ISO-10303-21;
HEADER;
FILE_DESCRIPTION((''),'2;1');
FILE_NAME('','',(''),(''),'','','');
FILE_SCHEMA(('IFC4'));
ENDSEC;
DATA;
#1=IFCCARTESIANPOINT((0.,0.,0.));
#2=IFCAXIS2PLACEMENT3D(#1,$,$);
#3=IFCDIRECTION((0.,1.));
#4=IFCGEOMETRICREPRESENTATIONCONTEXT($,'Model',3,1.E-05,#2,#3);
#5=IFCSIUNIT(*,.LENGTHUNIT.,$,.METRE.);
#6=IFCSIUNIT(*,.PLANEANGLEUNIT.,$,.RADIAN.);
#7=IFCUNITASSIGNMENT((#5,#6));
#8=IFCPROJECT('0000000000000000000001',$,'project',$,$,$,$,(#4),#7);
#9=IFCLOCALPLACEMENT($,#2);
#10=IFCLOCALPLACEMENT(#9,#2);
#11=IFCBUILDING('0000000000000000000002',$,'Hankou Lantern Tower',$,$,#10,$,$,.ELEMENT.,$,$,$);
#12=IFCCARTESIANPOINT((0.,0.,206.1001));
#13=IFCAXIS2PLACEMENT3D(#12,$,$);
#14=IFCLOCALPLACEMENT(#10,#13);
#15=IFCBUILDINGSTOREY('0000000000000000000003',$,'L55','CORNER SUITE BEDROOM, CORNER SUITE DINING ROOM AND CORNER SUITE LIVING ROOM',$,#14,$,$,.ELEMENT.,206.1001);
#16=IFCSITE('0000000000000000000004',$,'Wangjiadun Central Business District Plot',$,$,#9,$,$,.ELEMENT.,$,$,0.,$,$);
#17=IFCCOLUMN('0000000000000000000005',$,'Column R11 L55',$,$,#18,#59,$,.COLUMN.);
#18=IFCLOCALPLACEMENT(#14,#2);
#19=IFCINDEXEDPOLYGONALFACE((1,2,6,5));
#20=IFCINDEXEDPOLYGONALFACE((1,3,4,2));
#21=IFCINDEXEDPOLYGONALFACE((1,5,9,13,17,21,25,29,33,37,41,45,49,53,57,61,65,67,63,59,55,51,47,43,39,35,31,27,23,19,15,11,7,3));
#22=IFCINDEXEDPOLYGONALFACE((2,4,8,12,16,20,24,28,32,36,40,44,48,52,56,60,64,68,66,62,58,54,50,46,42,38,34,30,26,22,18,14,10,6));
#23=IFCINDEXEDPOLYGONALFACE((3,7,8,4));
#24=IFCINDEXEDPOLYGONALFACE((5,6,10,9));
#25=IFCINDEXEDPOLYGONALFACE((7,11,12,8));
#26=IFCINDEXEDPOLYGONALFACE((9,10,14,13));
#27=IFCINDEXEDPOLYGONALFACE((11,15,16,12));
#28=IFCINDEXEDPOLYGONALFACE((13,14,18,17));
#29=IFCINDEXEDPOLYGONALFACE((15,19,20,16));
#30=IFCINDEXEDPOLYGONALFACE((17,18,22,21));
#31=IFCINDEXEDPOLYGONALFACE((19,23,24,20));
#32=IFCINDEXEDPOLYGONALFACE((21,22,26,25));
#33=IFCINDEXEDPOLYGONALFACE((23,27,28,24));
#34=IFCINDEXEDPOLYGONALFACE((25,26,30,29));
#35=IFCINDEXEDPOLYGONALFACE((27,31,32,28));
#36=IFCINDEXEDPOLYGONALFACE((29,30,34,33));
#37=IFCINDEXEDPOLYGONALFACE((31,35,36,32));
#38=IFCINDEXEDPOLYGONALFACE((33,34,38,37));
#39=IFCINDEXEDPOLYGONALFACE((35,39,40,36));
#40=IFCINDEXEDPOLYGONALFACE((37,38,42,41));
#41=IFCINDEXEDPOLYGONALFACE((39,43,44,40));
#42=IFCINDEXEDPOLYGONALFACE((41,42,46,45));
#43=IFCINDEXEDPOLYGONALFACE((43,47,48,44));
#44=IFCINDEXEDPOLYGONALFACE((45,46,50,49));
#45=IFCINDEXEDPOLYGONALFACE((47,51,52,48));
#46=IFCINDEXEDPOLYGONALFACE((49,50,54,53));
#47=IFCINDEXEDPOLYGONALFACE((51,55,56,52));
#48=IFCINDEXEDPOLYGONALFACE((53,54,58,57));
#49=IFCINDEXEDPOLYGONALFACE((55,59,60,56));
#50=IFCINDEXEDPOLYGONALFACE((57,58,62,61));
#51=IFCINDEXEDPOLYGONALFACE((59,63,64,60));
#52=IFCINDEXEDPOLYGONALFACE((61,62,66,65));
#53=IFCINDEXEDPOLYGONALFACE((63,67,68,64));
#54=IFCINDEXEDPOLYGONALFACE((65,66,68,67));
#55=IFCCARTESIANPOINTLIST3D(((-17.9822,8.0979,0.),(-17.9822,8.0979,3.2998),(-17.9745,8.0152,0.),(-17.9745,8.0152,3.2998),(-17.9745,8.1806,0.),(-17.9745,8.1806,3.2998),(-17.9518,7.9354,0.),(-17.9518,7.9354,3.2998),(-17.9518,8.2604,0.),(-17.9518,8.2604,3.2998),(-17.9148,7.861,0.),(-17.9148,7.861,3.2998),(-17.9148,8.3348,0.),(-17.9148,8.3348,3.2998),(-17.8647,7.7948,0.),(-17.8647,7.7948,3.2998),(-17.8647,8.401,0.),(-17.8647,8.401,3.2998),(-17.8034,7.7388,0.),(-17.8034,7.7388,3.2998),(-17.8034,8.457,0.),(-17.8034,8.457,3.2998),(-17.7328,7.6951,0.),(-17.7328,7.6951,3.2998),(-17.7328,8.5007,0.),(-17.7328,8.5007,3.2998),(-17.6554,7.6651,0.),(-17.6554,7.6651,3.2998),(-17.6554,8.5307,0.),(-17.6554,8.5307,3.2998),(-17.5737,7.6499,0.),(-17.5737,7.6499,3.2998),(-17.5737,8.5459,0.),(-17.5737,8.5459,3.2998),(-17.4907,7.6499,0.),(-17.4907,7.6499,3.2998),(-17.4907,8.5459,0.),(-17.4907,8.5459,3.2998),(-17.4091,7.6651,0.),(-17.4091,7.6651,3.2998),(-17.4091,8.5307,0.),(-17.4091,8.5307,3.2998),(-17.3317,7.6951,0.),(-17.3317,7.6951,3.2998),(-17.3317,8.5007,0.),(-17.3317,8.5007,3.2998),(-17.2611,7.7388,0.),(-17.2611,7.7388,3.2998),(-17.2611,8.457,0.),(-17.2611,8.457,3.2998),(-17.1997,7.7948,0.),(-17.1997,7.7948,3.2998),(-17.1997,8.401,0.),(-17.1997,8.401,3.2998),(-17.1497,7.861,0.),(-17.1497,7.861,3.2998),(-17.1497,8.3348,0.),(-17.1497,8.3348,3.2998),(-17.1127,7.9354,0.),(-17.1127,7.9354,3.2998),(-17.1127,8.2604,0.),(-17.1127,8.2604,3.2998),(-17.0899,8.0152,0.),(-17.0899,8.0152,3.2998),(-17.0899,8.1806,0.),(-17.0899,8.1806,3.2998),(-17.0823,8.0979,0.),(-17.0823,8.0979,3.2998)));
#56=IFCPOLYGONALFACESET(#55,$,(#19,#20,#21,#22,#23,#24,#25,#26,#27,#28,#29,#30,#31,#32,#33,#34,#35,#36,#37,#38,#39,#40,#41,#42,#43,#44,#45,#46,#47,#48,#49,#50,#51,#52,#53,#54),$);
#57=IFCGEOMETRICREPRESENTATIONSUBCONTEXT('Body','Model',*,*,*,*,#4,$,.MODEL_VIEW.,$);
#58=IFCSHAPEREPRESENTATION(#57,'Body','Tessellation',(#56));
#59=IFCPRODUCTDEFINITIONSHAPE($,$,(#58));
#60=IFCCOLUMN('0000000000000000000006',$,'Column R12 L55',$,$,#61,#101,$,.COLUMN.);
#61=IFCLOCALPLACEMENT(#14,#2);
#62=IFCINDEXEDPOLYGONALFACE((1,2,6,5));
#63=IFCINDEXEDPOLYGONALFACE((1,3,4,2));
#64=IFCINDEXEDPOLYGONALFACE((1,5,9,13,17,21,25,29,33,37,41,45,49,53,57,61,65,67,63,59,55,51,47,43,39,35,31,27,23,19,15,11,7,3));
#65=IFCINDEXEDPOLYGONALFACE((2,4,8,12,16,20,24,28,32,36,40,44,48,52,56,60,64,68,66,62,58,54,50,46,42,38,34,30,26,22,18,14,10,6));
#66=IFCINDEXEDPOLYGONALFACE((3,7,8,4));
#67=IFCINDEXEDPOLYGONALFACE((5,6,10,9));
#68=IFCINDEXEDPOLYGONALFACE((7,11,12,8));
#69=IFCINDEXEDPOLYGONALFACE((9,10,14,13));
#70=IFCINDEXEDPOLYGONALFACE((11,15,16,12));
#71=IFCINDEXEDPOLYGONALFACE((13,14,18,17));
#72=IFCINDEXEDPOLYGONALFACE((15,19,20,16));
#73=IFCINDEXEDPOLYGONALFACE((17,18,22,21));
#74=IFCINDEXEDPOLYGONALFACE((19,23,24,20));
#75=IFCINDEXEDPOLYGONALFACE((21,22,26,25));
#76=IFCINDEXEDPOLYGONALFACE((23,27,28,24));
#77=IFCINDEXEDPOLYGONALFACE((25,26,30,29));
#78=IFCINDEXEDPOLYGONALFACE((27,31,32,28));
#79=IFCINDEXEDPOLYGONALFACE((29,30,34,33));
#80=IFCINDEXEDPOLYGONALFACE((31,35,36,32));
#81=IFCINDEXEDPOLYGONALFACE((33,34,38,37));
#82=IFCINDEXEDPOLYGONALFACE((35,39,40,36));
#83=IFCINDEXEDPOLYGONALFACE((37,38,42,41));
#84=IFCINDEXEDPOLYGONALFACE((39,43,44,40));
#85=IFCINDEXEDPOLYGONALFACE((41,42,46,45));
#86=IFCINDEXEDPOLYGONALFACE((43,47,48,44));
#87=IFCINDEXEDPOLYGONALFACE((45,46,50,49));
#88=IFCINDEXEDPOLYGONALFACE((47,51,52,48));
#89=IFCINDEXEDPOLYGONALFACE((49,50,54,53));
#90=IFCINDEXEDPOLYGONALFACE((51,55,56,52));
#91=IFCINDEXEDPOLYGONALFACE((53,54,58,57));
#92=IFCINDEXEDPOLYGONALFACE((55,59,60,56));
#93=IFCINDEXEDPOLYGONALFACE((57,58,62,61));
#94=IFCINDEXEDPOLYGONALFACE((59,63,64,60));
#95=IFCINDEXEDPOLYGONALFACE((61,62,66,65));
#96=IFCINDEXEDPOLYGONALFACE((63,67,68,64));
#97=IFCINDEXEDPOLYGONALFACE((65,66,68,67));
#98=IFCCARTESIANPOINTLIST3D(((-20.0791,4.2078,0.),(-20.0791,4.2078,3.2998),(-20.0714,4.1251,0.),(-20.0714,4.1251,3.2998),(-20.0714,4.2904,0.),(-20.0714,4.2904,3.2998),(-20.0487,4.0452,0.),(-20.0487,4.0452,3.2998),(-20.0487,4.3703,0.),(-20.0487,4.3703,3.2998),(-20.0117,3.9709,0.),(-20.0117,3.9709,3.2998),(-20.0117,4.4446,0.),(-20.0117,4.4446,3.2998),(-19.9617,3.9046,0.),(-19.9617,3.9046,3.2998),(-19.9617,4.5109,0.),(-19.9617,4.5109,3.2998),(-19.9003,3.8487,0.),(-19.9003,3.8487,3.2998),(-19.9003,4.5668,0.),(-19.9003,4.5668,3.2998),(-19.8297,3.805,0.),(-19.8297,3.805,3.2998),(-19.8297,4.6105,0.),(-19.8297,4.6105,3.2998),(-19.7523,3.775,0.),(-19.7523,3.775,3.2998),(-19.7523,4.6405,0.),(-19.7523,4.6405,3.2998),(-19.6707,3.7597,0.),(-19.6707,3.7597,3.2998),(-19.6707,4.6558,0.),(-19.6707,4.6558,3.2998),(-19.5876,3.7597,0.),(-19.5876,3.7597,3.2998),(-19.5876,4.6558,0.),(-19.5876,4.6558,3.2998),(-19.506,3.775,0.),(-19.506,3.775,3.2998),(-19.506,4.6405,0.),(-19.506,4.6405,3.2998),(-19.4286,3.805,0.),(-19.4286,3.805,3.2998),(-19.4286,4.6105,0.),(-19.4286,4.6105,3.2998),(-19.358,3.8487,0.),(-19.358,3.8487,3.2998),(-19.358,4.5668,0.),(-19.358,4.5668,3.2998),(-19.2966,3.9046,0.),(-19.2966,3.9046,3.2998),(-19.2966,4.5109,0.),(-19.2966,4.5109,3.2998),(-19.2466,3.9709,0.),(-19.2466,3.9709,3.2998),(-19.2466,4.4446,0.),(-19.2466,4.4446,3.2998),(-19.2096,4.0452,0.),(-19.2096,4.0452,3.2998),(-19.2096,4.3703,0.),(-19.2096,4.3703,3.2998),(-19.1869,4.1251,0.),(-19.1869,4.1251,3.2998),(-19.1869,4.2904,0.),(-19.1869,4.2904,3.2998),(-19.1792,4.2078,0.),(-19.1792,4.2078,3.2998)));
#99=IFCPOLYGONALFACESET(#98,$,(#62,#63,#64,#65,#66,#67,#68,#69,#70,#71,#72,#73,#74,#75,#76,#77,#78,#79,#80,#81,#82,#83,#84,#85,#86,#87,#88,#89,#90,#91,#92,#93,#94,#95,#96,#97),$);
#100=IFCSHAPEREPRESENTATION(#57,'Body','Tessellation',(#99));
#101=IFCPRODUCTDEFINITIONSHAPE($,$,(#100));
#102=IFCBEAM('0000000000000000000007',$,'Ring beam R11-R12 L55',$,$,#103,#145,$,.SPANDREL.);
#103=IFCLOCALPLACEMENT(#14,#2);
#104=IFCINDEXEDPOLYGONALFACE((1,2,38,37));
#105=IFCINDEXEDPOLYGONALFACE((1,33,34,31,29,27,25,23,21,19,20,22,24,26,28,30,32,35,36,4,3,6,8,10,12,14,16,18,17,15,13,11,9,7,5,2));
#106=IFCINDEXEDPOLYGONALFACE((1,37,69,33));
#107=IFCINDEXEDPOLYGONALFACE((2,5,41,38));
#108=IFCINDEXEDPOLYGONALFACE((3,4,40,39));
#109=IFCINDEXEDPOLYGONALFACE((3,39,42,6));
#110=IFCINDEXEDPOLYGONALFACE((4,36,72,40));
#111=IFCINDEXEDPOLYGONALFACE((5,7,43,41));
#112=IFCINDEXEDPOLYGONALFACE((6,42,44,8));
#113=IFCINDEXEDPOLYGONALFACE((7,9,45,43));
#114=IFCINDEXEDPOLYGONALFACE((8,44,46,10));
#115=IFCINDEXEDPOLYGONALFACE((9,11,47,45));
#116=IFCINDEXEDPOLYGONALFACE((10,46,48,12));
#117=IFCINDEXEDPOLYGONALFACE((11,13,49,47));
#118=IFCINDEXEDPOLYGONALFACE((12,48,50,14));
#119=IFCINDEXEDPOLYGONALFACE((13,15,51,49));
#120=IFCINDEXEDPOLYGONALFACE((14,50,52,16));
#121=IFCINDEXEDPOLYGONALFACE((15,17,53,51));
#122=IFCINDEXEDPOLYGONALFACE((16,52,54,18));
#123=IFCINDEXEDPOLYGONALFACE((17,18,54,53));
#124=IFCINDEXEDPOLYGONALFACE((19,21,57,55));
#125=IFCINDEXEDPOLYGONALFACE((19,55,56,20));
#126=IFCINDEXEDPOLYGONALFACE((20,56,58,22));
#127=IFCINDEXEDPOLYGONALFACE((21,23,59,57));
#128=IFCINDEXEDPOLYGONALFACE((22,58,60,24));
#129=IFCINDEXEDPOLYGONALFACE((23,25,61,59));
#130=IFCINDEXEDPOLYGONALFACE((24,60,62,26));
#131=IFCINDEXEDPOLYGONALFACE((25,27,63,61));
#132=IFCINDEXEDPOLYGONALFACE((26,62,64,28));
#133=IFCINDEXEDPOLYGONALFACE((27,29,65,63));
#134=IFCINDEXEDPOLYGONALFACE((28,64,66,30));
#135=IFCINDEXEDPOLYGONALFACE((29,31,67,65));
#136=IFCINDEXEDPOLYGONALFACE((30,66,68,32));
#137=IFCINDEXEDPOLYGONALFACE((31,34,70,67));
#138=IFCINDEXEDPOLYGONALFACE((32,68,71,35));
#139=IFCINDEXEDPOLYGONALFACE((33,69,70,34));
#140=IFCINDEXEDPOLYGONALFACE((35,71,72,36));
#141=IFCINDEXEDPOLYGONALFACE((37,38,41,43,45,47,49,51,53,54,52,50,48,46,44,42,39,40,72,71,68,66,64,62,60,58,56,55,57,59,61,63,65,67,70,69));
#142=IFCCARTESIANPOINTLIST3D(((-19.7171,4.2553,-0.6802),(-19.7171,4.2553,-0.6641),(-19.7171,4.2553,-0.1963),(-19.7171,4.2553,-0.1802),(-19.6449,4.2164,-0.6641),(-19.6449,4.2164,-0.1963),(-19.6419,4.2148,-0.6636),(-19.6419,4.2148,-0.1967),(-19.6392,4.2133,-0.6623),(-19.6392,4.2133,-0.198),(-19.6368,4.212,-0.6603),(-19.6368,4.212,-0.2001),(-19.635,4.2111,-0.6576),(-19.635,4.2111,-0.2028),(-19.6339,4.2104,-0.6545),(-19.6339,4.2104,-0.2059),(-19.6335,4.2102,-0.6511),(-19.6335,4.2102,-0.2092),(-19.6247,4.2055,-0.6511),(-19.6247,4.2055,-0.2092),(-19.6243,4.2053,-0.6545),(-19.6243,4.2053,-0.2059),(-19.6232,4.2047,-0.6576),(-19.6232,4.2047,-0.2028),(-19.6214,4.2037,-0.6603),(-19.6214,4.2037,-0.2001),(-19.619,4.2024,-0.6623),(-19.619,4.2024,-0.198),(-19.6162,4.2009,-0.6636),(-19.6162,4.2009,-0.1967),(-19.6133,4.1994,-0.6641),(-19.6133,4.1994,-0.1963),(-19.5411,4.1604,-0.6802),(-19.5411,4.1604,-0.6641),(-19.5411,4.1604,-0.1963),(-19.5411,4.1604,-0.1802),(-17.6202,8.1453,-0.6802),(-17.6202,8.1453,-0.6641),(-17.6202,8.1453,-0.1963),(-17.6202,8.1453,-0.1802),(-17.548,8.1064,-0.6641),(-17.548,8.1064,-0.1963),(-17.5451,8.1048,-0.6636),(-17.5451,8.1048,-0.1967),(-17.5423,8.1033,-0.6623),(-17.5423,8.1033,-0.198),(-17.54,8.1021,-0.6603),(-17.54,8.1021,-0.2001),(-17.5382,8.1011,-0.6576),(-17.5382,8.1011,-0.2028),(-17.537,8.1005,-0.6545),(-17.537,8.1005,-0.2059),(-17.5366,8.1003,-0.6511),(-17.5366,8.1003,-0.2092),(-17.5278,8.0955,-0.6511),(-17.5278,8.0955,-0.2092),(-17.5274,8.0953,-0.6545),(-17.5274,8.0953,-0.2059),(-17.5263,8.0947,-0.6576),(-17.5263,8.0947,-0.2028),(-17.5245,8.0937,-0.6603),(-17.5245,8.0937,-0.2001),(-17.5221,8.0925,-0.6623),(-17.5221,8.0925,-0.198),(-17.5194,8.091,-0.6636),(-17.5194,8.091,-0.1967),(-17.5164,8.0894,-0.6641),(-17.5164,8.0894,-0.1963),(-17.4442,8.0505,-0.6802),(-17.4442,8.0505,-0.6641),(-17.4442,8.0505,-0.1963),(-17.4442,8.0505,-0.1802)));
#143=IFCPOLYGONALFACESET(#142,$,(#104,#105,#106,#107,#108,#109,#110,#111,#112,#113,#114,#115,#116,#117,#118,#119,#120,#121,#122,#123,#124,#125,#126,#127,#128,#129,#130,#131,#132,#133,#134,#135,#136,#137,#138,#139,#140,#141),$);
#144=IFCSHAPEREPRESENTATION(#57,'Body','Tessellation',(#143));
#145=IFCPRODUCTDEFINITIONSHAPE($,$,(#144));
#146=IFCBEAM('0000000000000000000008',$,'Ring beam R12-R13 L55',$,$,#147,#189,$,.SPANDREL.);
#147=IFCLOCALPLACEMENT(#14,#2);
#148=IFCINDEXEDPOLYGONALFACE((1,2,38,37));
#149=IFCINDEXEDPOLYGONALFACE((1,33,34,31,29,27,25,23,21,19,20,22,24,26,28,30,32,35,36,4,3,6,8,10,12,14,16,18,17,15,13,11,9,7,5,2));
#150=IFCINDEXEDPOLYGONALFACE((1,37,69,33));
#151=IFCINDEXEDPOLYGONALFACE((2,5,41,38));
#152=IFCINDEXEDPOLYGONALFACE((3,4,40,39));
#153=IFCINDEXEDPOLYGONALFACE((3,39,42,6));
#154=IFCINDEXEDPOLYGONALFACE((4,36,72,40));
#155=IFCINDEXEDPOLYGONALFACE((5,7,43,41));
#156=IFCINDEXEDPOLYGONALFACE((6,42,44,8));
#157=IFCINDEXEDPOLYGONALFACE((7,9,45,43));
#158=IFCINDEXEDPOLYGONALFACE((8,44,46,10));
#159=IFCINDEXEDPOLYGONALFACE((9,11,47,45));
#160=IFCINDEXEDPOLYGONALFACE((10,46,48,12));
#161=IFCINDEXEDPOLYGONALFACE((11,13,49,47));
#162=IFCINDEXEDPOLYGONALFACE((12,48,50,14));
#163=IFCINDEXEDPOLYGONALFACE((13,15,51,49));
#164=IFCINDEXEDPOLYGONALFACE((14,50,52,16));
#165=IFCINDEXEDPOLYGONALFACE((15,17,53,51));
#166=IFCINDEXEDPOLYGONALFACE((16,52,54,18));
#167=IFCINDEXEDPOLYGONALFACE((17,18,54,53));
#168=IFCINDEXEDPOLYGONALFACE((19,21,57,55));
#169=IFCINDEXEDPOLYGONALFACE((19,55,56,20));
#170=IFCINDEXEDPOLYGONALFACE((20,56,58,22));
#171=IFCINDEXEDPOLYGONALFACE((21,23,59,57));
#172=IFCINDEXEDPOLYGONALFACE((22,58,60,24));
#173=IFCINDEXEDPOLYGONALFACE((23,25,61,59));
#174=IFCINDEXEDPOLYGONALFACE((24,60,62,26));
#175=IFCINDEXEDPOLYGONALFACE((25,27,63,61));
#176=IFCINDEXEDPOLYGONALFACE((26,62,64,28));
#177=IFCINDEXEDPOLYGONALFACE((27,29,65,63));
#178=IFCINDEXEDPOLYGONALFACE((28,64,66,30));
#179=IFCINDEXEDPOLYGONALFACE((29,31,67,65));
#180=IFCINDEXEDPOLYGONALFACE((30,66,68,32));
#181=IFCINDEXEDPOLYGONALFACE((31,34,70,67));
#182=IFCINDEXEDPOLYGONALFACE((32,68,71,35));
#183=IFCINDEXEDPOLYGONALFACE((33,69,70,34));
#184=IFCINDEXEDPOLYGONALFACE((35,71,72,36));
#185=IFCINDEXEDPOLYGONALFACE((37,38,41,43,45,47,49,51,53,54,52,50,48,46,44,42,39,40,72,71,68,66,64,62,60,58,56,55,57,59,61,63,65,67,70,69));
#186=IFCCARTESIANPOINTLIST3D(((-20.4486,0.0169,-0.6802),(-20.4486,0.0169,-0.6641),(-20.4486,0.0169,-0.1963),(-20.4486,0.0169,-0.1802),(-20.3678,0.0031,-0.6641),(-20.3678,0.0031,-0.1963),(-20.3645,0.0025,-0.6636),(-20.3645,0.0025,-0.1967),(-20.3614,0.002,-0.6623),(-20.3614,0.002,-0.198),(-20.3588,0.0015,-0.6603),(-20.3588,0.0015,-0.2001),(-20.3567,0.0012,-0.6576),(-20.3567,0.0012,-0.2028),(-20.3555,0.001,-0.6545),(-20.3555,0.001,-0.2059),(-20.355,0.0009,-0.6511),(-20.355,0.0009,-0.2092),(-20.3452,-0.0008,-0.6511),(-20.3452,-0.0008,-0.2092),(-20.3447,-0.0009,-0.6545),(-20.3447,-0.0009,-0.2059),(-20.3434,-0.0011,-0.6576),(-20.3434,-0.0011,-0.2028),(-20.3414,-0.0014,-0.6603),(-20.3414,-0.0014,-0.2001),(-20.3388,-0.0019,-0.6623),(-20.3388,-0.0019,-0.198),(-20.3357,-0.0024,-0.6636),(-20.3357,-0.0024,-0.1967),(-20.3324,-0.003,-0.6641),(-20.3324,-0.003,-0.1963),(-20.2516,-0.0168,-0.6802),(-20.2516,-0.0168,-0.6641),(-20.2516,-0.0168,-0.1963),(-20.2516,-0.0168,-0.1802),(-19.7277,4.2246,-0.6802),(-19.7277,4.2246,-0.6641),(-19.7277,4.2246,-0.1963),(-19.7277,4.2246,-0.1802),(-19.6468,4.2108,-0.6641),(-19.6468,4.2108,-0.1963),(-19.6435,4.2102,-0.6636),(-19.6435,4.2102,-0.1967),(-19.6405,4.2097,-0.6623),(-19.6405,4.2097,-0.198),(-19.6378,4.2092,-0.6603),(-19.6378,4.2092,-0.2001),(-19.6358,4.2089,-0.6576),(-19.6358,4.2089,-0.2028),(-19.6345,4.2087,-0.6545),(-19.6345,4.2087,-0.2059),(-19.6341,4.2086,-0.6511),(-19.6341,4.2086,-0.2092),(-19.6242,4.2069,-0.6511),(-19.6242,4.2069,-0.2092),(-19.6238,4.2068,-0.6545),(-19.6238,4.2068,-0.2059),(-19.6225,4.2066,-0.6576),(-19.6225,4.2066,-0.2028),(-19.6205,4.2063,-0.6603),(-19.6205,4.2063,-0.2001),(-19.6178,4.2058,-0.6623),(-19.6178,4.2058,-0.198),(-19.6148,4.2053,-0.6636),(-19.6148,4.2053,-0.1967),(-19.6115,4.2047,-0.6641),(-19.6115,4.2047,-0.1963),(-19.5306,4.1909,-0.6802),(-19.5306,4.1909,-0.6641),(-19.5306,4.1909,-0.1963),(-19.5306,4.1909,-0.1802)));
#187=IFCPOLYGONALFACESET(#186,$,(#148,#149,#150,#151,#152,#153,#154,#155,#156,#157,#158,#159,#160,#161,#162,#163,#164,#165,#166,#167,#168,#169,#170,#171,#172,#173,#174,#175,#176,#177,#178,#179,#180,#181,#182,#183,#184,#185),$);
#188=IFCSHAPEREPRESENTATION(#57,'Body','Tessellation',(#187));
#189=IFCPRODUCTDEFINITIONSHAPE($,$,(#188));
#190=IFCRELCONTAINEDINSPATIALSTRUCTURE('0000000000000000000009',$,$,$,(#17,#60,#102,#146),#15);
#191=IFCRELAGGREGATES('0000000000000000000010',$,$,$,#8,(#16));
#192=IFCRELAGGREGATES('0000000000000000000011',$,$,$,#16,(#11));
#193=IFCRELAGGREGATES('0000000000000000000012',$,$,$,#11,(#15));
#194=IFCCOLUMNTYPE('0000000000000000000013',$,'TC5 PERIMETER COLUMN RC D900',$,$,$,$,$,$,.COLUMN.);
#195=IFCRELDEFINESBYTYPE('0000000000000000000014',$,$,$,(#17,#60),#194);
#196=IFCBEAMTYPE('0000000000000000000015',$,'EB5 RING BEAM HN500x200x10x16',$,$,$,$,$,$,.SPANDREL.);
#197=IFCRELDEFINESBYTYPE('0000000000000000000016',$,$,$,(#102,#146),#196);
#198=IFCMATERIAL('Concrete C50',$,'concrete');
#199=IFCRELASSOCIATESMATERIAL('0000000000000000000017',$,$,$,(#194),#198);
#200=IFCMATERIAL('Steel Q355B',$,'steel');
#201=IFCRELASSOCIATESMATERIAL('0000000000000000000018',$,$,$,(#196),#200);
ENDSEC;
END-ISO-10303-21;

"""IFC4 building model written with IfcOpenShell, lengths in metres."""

from ifc_helpers import new_model, si_unit, direction, frame, origin, origin_2d, place, context, subcontext, project, spatial, circle, i_section, extrude, material, material_profile, profile_set, type_object, element, save


model = new_model("IFC4")

# Units and contexts
model_context = context("Model", 3, precision=1e-05, world=origin(), true_north=direction((0.0, 1.0)))
body_context = subcontext(model_context, "Body", "Model", "MODEL_VIEW")
ifc_project = project(units=[si_unit("LENGTHUNIT", "METRE"), si_unit("PLANEANGLEUNIT", "RADIAN")], contexts=[model_context])

# Site, building, storey
site_placement = place(None, origin())
site = spatial("IfcSite", under=ifc_project, at=site_placement, Name="Wangjiadun Central Business District Plot", CompositionType="ELEMENT", RefElevation=0.0)
building_placement = place(site_placement, origin())
building = spatial("IfcBuilding", under=site, at=building_placement, Name="Hankou Lantern Tower", CompositionType="ELEMENT")
storey_placement = place(building_placement, frame((0.0, 0.0, 206.1001)))
storey = spatial("IfcBuildingStorey", under=building, at=storey_placement, Name="L55", Description="CORNER SUITE BEDROOM, CORNER SUITE DINING ROOM AND CORNER SUITE LIVING ROOM", CompositionType="ELEMENT", Elevation=206.1001)

# Columns
ifc_material_1 = material(Name="Concrete C50", Category="concrete")
ifc_material_profile_1 = material_profile(ifc_material_1, circle(Radius=0.45, at=origin_2d()), Name="RC D900")
ifc_profile_set_1 = profile_set([ifc_material_profile_1], Name="Concrete C50")
column_type = type_object("IfcColumnType", Name="TC5 PERIMETER COLUMN RC D900", PredefinedType="COLUMN", material=ifc_profile_set_1)
for number, where, z_axis, x_axis, name in (
    (1, (-17.5322, 8.0979, 0.0), (0.0, 0.0, 1.0), (1.0, 0.0, 0.0), "Column R11 L55"),
    (2, (-19.6292, 4.2078, 0.0), (0.0, 0.0, 1.0), (1.0, 0.0, 0.0), "Column R12 L55"),
):
    element("IfcColumn", number, at=place(storey_placement, frame(where, z_axis=z_axis, x_axis=x_axis)), inside=storey, type_object=column_type, Name=name, PredefinedType="COLUMN", context=body_context, shape_type="SweptSolid", body=[
        extrude(circle(Radius=0.45, at=origin_2d()), origin(), (0.0, 0.0, 1.0), 3.2998),
    ])

# Beams
ifc_material_2 = material(Name="Steel Q355B", Category="steel")
ifc_material_profile_2 = material_profile(ifc_material_2, i_section(OverallWidth=0.2, OverallDepth=0.5, WebThickness=0.01, FlangeThickness=0.0161, FilletRadius=0.0129, at=origin_2d()), Name="HN500x200x10x16")
ifc_profile_set_2 = profile_set([ifc_material_profile_2], Name="Steel Q355B")
beam_type_1 = type_object("IfcBeamType", Name="EB5 RING BEAM HN500x200x10x16", PredefinedType="SPANDREL", material=ifc_profile_set_2)
beam_1_placement = place(storey_placement, frame((-17.5322, 8.0979, -0.4302), z_axis=(-0.474492, -0.88026, 0.0), x_axis=(0.88026, -0.474492, 0.0)))
element("IfcBeam", 3, at=beam_1_placement, inside=storey, type_object=beam_type_1, Name="Ring beam R11-R12 L55", PredefinedType="SPANDREL", context=body_context, shape_type="SweptSolid", body=[
    extrude(i_section(OverallWidth=0.2, OverallDepth=0.5, WebThickness=0.01, FlangeThickness=0.0161, FilletRadius=0.0129, at=origin_2d()), origin(), (0.0, 0.0, 1.0), 4.4192),
])
beam_2_placement = place(storey_placement, frame((-19.6292, 4.2078, -0.4302), z_axis=(-0.168877, -0.985637, 0.0), x_axis=(0.985637, -0.168877, 0.0)))
element("IfcBeam", 4, at=beam_2_placement, inside=storey, type_object=beam_type_1, Name="Ring beam R12-R13 L55", PredefinedType="SPANDREL", context=body_context, shape_type="SweptSolid", body=[
    extrude(i_section(OverallWidth=0.2, OverallDepth=0.5, WebThickness=0.01, FlangeThickness=0.0161, FilletRadius=0.0129, at=origin_2d()), origin(), (0.0, 0.0, 1.0), 4.269),
])

save(model, "model.ifc")
